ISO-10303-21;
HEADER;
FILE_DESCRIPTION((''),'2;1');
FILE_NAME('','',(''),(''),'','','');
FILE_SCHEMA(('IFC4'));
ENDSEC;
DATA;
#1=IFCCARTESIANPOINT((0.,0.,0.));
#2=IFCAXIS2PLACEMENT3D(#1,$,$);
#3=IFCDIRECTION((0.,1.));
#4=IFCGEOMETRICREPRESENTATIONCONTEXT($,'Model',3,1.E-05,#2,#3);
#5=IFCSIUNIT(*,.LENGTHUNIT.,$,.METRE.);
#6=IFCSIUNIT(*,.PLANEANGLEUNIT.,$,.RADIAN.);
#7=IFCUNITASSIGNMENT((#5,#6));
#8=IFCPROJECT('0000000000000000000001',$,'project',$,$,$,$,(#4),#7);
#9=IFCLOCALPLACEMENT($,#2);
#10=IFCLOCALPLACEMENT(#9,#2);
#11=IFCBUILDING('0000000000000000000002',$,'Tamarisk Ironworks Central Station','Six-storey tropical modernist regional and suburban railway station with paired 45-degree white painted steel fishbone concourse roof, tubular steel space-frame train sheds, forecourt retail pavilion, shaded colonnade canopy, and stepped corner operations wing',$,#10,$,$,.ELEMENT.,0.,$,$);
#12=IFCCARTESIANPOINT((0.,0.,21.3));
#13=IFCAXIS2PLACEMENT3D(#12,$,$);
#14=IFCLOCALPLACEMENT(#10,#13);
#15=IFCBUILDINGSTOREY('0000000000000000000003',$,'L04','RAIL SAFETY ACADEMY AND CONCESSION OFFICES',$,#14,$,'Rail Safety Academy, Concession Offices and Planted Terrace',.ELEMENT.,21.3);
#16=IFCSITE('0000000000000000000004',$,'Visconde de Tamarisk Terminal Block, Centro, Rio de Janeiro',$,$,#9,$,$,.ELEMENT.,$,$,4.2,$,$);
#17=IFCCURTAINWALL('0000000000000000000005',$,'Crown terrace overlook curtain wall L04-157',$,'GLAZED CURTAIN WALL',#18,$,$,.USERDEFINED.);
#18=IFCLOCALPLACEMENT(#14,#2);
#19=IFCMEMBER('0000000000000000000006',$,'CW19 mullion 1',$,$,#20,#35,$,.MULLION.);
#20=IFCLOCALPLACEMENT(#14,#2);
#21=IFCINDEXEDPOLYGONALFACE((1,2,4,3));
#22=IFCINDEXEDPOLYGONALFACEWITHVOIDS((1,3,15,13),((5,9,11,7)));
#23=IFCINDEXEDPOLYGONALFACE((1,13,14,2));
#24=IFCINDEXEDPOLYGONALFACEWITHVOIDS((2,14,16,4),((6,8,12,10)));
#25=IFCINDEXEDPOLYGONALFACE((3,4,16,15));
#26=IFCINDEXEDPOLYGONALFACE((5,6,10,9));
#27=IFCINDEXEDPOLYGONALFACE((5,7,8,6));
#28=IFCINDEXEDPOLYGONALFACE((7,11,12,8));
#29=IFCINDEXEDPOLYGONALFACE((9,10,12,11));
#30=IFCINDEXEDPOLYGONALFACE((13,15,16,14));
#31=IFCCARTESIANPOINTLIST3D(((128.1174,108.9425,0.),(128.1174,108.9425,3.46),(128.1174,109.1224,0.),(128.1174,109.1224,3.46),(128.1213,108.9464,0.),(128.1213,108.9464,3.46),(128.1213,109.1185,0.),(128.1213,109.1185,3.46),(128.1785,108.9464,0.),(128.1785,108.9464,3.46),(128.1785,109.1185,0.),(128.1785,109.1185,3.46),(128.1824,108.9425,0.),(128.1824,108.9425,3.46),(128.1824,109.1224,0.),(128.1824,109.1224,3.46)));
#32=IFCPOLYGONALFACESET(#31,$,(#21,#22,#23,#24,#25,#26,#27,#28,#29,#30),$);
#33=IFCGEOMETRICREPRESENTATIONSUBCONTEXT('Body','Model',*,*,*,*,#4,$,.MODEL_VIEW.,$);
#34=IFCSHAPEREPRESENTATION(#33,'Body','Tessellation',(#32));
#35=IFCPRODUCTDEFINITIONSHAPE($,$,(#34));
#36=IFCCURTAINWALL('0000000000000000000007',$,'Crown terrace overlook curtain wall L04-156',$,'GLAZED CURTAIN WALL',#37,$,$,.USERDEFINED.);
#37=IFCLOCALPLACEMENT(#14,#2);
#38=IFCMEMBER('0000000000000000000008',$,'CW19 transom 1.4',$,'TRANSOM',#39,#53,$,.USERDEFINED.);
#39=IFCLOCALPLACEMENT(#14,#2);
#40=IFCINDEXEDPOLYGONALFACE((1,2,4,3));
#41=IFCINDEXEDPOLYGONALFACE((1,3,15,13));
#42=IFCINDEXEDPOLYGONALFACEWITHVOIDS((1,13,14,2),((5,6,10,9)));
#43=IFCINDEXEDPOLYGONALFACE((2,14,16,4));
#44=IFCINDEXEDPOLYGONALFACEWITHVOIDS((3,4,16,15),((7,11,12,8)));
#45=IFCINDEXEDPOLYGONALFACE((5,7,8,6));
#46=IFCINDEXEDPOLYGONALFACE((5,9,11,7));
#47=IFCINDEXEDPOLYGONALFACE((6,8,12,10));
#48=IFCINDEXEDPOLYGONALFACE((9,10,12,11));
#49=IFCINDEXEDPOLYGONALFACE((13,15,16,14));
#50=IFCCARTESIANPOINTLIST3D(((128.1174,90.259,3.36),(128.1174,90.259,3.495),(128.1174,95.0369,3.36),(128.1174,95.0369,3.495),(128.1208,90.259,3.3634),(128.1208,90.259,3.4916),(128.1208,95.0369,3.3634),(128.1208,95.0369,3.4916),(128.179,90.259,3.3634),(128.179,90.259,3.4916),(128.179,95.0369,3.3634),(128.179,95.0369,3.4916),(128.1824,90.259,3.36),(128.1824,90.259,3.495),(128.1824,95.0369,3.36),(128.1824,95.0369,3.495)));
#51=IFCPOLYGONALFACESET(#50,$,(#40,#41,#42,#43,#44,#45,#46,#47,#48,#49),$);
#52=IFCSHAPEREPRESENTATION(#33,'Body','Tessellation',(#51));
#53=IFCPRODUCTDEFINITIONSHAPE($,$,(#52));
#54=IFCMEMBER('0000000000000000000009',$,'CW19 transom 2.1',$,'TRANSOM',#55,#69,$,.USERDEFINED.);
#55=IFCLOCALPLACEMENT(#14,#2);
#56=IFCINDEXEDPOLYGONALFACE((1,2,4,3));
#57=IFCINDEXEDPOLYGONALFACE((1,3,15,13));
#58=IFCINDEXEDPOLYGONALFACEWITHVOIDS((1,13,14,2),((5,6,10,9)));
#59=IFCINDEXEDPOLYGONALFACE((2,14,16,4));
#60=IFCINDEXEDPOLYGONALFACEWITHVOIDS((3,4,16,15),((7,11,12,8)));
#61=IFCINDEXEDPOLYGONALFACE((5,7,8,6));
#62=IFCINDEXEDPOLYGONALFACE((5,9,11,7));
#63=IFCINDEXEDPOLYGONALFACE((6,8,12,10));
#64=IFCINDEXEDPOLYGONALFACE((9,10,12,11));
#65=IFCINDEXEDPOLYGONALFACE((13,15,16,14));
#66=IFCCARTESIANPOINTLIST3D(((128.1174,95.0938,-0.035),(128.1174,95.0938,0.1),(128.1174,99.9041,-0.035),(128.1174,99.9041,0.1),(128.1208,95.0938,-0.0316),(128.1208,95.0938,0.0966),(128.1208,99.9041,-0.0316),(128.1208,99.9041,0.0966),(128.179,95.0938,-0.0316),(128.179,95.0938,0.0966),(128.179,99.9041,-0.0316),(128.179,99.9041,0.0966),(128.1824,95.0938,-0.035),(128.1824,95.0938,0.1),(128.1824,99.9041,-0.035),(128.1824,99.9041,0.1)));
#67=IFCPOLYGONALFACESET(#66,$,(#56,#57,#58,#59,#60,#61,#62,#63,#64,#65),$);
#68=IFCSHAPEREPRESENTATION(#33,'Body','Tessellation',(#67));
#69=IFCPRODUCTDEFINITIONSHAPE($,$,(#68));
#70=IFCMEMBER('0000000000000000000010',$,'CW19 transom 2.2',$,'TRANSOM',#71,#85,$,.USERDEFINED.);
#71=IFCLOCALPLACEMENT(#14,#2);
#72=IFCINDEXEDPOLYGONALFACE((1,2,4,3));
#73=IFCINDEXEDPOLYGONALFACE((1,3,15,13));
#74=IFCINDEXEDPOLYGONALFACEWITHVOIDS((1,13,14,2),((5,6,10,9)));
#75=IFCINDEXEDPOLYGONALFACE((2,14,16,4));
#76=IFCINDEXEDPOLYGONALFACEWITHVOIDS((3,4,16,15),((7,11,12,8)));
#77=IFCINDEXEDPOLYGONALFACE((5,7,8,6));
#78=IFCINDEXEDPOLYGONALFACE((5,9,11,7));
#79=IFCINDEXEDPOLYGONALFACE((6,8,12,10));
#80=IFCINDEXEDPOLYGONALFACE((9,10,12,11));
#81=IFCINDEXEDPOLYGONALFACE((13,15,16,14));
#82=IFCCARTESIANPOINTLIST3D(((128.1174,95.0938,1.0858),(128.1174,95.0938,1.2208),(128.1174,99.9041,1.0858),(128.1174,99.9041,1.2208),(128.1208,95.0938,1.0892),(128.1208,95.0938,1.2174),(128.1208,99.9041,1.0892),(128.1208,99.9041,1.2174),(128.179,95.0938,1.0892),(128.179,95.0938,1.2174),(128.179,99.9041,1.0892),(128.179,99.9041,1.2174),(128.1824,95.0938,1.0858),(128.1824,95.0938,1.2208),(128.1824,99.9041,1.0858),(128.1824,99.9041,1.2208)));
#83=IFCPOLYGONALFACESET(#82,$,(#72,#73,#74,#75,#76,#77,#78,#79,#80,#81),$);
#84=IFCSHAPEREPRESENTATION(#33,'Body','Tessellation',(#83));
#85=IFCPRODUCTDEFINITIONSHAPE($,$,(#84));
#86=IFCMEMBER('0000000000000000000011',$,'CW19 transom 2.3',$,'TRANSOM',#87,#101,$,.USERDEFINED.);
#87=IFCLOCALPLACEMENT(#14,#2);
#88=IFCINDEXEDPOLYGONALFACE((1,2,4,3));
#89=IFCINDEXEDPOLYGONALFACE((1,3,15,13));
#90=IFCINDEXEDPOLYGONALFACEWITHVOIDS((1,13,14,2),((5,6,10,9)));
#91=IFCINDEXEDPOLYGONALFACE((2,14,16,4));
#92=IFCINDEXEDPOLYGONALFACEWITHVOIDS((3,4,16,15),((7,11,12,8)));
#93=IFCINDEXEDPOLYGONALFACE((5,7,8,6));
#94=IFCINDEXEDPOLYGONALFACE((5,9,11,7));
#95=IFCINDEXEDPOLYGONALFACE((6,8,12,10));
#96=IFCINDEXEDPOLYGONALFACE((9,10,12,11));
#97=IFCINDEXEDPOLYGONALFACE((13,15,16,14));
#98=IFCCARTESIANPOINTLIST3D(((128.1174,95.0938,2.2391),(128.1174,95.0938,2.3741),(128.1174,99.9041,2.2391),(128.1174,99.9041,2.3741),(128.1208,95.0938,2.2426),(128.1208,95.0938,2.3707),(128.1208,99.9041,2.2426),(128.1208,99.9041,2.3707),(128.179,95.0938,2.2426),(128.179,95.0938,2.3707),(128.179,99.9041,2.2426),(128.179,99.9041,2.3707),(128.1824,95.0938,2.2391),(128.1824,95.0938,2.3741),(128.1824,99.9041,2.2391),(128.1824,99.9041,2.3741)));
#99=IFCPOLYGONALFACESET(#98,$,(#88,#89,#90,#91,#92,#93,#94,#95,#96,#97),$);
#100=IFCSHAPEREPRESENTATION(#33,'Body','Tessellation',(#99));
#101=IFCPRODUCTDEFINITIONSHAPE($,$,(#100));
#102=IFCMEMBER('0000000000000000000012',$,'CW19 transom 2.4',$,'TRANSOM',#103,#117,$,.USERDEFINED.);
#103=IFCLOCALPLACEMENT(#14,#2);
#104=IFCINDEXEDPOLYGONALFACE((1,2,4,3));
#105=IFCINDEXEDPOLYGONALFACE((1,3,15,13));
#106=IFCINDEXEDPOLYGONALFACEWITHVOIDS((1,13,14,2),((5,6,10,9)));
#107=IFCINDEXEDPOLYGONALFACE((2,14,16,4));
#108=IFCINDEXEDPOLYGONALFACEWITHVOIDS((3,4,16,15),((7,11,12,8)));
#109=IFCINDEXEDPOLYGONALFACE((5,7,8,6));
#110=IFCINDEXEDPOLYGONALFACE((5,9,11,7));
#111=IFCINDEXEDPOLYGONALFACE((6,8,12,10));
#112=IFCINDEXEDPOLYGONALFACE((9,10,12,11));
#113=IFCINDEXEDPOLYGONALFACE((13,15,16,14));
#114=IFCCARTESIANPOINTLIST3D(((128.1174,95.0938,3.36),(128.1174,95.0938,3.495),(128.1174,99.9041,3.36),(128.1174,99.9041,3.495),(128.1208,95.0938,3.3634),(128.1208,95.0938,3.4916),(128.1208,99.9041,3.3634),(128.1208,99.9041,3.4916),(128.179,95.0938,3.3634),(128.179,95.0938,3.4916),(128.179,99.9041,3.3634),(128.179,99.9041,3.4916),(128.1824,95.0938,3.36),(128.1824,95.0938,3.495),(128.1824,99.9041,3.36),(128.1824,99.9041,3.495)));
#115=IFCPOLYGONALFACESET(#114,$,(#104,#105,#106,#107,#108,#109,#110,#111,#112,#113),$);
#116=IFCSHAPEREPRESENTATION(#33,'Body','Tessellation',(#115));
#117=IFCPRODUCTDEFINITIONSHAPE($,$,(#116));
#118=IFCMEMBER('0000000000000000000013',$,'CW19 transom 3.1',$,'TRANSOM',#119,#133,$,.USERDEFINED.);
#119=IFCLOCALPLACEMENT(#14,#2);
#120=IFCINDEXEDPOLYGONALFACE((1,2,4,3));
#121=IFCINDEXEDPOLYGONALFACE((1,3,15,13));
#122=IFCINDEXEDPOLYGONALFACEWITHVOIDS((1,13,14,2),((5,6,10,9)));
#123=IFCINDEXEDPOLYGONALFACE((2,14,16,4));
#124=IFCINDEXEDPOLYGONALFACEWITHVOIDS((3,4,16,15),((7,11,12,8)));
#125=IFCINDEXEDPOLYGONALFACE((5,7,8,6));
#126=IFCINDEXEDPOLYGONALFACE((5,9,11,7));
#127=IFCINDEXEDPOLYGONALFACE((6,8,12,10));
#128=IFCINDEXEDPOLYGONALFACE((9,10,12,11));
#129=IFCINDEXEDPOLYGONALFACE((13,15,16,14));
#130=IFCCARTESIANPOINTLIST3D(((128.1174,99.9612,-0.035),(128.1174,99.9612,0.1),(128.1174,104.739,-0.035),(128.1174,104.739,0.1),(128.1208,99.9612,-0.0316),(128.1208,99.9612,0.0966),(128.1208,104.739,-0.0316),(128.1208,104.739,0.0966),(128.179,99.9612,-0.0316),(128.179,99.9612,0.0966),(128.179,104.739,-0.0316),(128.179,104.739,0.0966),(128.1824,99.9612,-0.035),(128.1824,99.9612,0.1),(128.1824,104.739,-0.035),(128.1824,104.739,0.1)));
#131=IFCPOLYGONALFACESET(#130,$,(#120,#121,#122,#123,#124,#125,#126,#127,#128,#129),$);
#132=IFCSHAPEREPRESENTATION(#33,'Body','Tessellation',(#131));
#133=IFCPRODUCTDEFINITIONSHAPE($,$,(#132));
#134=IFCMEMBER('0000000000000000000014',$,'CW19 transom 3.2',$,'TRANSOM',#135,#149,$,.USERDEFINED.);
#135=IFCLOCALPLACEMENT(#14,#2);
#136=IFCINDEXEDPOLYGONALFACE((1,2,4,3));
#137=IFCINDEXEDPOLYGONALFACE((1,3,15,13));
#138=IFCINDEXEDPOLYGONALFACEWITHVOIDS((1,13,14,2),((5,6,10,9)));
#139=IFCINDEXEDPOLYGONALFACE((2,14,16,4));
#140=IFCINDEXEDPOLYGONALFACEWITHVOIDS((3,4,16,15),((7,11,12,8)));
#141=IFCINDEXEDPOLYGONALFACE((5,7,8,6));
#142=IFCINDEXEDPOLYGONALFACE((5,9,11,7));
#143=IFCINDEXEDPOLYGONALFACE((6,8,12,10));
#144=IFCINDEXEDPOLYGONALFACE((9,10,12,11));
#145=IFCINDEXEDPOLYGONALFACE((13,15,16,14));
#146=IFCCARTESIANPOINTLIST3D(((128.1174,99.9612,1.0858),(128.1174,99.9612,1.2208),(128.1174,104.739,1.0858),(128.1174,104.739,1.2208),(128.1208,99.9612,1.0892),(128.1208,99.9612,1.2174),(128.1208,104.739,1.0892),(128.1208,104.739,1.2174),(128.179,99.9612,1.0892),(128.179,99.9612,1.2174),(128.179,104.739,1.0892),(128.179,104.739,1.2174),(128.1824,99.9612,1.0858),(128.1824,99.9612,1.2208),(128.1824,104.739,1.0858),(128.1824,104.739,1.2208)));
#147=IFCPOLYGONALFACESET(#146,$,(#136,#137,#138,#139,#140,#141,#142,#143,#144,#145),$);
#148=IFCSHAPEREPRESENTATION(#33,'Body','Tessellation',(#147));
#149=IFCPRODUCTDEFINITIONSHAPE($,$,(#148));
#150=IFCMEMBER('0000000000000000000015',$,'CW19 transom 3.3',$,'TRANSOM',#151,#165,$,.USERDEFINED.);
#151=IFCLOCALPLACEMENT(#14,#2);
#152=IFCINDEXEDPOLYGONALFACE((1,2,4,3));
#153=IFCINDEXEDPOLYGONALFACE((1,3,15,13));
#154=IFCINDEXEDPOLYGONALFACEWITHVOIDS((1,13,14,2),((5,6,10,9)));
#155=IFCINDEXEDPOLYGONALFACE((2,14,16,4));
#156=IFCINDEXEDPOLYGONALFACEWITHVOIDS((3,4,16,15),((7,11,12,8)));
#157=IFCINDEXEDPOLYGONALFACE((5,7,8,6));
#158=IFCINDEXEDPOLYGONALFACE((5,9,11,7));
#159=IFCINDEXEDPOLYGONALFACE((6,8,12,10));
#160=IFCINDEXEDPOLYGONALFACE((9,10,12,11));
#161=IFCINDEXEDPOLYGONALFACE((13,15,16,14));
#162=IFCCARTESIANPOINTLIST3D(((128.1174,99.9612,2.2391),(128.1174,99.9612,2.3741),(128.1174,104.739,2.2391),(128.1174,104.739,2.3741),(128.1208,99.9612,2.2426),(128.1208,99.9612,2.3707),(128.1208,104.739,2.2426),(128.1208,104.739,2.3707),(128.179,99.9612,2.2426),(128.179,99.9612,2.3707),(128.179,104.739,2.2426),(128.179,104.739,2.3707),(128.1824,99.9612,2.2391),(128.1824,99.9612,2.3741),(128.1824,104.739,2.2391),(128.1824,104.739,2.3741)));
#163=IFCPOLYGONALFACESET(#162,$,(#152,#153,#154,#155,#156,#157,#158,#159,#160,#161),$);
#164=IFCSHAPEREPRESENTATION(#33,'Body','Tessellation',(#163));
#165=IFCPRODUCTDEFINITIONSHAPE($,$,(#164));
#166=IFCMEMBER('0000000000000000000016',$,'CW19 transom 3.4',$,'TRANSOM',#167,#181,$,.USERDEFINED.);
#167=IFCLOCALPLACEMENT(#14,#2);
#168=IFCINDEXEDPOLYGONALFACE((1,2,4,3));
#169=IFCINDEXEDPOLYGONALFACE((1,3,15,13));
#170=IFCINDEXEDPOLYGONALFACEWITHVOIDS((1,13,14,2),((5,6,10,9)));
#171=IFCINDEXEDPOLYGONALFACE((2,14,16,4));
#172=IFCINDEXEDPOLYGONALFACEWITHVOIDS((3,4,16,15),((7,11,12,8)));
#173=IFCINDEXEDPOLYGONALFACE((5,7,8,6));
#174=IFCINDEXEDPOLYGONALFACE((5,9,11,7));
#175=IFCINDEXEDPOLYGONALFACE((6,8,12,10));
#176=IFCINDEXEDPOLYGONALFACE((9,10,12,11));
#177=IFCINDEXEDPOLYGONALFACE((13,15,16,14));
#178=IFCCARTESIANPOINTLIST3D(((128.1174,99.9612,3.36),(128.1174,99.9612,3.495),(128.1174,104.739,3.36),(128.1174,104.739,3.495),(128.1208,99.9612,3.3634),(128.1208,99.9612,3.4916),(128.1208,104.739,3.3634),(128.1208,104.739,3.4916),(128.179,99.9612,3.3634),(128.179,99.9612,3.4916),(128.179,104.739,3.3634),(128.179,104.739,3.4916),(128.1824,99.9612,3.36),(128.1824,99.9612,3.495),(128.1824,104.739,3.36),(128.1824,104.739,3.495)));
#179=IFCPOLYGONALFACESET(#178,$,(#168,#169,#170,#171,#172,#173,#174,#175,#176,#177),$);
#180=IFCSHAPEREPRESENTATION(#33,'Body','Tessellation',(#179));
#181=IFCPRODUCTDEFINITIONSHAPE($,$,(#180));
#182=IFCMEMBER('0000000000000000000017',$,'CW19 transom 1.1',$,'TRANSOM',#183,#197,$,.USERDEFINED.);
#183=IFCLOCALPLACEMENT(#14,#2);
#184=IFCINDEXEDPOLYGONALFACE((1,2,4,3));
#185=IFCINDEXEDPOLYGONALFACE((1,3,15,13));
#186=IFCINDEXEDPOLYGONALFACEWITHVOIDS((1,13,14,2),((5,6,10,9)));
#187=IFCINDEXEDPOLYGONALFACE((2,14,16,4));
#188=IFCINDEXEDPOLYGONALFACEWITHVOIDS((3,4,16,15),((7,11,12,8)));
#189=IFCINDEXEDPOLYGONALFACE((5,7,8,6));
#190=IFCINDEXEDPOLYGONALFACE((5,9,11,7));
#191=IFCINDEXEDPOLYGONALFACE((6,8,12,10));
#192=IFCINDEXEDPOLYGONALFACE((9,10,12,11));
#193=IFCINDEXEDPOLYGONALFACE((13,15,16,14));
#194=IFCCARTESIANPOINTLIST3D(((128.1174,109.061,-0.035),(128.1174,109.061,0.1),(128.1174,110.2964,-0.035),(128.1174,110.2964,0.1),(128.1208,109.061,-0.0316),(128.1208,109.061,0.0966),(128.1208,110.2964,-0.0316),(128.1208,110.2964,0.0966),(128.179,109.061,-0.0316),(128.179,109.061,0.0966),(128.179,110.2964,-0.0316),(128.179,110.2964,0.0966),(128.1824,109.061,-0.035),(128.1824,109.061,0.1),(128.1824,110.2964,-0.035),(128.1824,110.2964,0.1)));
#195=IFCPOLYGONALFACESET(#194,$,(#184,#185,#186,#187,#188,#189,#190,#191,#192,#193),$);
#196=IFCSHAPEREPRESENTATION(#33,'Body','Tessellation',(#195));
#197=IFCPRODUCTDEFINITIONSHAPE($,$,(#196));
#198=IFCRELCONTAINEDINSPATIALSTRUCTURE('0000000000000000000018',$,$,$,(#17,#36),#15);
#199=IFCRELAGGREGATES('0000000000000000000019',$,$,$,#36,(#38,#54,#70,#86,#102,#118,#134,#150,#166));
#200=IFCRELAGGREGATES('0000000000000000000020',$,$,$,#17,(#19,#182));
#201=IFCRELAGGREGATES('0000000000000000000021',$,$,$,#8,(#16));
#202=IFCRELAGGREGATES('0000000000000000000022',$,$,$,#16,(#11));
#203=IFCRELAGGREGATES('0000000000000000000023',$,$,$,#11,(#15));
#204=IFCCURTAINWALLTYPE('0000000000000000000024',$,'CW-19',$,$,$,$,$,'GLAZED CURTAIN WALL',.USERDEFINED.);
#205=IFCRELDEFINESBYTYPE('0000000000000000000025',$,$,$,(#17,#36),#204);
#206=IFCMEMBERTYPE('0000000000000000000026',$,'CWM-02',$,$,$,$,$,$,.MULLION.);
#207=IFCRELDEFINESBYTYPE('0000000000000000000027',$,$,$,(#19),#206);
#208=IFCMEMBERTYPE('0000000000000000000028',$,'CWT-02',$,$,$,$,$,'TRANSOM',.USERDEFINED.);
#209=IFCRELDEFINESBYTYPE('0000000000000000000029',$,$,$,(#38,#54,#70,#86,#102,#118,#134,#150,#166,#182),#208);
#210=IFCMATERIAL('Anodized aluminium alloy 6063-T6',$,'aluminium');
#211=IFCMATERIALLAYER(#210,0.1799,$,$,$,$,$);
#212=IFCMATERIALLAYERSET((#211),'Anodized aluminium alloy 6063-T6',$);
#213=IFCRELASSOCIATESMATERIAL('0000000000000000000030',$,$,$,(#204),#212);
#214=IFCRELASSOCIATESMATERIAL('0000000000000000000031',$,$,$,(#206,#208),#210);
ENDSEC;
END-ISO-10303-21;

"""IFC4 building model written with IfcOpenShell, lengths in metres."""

from ifc_helpers import new_model, si_unit, direction, frame, origin, origin_2d, place, context, subcontext, project, spatial, hollow_rectangle, extrude, material, layer, layer_set, material_profile, profile_set, type_object, element, aggregate, save


model = new_model("IFC4")

# Units and contexts
model_context = context("Model", 3, precision=1e-05, world=origin(), true_north=direction((0.0, 1.0)))
body_context = subcontext(model_context, "Body", "Model", "MODEL_VIEW")
ifc_project = project(units=[si_unit("LENGTHUNIT", "METRE"), si_unit("PLANEANGLEUNIT", "RADIAN")], contexts=[model_context])

# Site, building, storey
site_placement = place(None, origin())
site = spatial("IfcSite", under=ifc_project, at=site_placement, Name="Visconde de Tamarisk Terminal Block, Centro, Rio de Janeiro", CompositionType="ELEMENT", RefElevation=4.2)
building_placement = place(site_placement, origin())
building = spatial("IfcBuilding", under=site, at=building_placement, Name="Tamarisk Ironworks Central Station", Description="Six-storey tropical modernist regional and suburban railway station with paired 45-degree white painted steel fishbone concourse roof, tubular steel space-frame train sheds, forecourt retail pavilion, shaded colonnade canopy, and stepped corner operations wing", CompositionType="ELEMENT", ElevationOfRefHeight=0.0)
storey_placement = place(building_placement, frame((0.0, 0.0, 21.3)))
storey = spatial("IfcBuildingStorey", under=building, at=storey_placement, Name="L04", Description="RAIL SAFETY ACADEMY AND CONCESSION OFFICES", LongName="Rail Safety Academy, Concession Offices and Planted Terrace", CompositionType="ELEMENT", Elevation=21.3)

# Curtain wall, member
ifc_material_1 = material(Name="Anodized aluminium alloy 6063-T6", Category="aluminium")
ifc_layer_1 = layer(ifc_material_1, 0.1799)
ifc_layer_set_1 = layer_set([ifc_layer_1], Name="Anodized aluminium alloy 6063-T6")
curtain_wall_type = type_object("IfcCurtainWallType", Name="CW-19", ElementType="GLAZED CURTAIN WALL", PredefinedType="USERDEFINED", material=ifc_layer_set_1)
curtain_wall_1_placement = place(storey_placement, origin())
curtain_wall_1 = element("IfcCurtainWall", 1, at=curtain_wall_1_placement, inside=storey, type_object=curtain_wall_type, Name="Crown terrace overlook curtain wall L04-157", ObjectType="GLAZED CURTAIN WALL", PredefinedType="USERDEFINED")
ifc_material_profile_1 = material_profile(ifc_material_1, hollow_rectangle(XDim=0.0649, YDim=0.1799, WallThickness=0.0039, at=origin_2d()), Name="ALUM 180x65")
ifc_profile_set_1 = profile_set([ifc_material_profile_1], Name="Anodized aluminium alloy 6063-T6")
member_type_1 = type_object("IfcMemberType", Name="CWM-02", PredefinedType="MULLION", material=ifc_profile_set_1)
member_1_placement = place(storey_placement, frame((128.1499, 109.0325, 0.0), z_axis=(0.0, 0.0, 1.0), x_axis=(-1.0, 0.0, 0.0)))
member_1 = element("IfcMember", 2, at=member_1_placement, type_object=member_type_1, Name="CW19 mullion 1", PredefinedType="MULLION", context=body_context, shape_type="SweptSolid", body=[
    extrude(hollow_rectangle(XDim=0.0649, YDim=0.1799, WallThickness=0.0039, at=origin_2d()), origin(), (0.0, 0.0, 1.0), 3.46),
])

# Curtain wall, members
curtain_wall_2_placement = place(storey_placement, origin())
curtain_wall_2 = element("IfcCurtainWall", 3, at=curtain_wall_2_placement, inside=storey, type_object=curtain_wall_type, Name="Crown terrace overlook curtain wall L04-156", ObjectType="GLAZED CURTAIN WALL", PredefinedType="USERDEFINED")
ifc_material_profile_2 = material_profile(ifc_material_1, hollow_rectangle(XDim=0.0649, YDim=0.135, WallThickness=0.0034, at=origin_2d()), Name="ALUM 135x65")
ifc_profile_set_2 = profile_set([ifc_material_profile_2], Name="Anodized aluminium alloy 6063-T6")
member_type_2 = type_object("IfcMemberType", Name="CWT-02", ElementType="TRANSOM", PredefinedType="USERDEFINED", material=ifc_profile_set_2)
member_2_placement = place(storey_placement, frame((128.1499, 90.259, 3.4275), z_axis=(0.0, 1.0, 0.0), x_axis=(-1.0, 0.0, 0.0)))
member_2 = element("IfcMember", 4, at=member_2_placement, type_object=member_type_2, Name="CW19 transom 1.4", ObjectType="TRANSOM", PredefinedType="USERDEFINED", context=body_context, shape_type="SweptSolid", body=[
    extrude(hollow_rectangle(XDim=0.0649, YDim=0.135, WallThickness=0.0034, at=origin_2d()), origin(), (0.0, 0.0, 1.0), 4.7778),
])
member_3_placement = place(storey_placement, frame((128.1499, 95.0938, 0.0325), z_axis=(0.0, 1.0, 0.0), x_axis=(-1.0, 0.0, 0.0)))
member_3 = element("IfcMember", 5, at=member_3_placement, type_object=member_type_2, Name="CW19 transom 2.1", ObjectType="TRANSOM", PredefinedType="USERDEFINED", context=body_context, shape_type="SweptSolid", body=[
    extrude(hollow_rectangle(XDim=0.0649, YDim=0.135, WallThickness=0.0034, at=origin_2d()), origin(), (0.0, 0.0, 1.0), 4.8103),
])
member_4_placement = place(storey_placement, frame((128.1499, 95.0938, 1.1533), z_axis=(0.0, 1.0, 0.0), x_axis=(-1.0, 0.0, 0.0)))
member_4 = element("IfcMember", 6, at=member_4_placement, type_object=member_type_2, Name="CW19 transom 2.2", ObjectType="TRANSOM", PredefinedType="USERDEFINED", context=body_context, shape_type="SweptSolid", body=[
    extrude(hollow_rectangle(XDim=0.0649, YDim=0.135, WallThickness=0.0034, at=origin_2d()), origin(), (0.0, 0.0, 1.0), 4.8103),
])
member_5_placement = place(storey_placement, frame((128.1499, 95.0938, 2.3066), z_axis=(0.0, 1.0, 0.0), x_axis=(-1.0, 0.0, 0.0)))
member_5 = element("IfcMember", 7, at=member_5_placement, type_object=member_type_2, Name="CW19 transom 2.3", ObjectType="TRANSOM", PredefinedType="USERDEFINED", context=body_context, shape_type="SweptSolid", body=[
    extrude(hollow_rectangle(XDim=0.0649, YDim=0.135, WallThickness=0.0034, at=origin_2d()), origin(), (0.0, 0.0, 1.0), 4.8103),
])
member_6_placement = place(storey_placement, frame((128.1499, 95.0938, 3.4275), z_axis=(0.0, 1.0, 0.0), x_axis=(-1.0, 0.0, 0.0)))
member_6 = element("IfcMember", 8, at=member_6_placement, type_object=member_type_2, Name="CW19 transom 2.4", ObjectType="TRANSOM", PredefinedType="USERDEFINED", context=body_context, shape_type="SweptSolid", body=[
    extrude(hollow_rectangle(XDim=0.0649, YDim=0.135, WallThickness=0.0034, at=origin_2d()), origin(), (0.0, 0.0, 1.0), 4.8103),
])
member_7_placement = place(storey_placement, frame((128.1499, 99.9612, 0.0325), z_axis=(0.0, 1.0, 0.0), x_axis=(-1.0, 0.0, 0.0)))
member_7 = element("IfcMember", 9, at=member_7_placement, type_object=member_type_2, Name="CW19 transom 3.1", ObjectType="TRANSOM", PredefinedType="USERDEFINED", context=body_context, shape_type="SweptSolid", body=[
    extrude(hollow_rectangle(XDim=0.0649, YDim=0.135, WallThickness=0.0034, at=origin_2d()), origin(), (0.0, 0.0, 1.0), 4.7778),
])
member_8_placement = place(storey_placement, frame((128.1499, 99.9612, 1.1533), z_axis=(0.0, 1.0, 0.0), x_axis=(-1.0, 0.0, 0.0)))
member_8 = element("IfcMember", 10, at=member_8_placement, type_object=member_type_2, Name="CW19 transom 3.2", ObjectType="TRANSOM", PredefinedType="USERDEFINED", context=body_context, shape_type="SweptSolid", body=[
    extrude(hollow_rectangle(XDim=0.0649, YDim=0.135, WallThickness=0.0034, at=origin_2d()), origin(), (0.0, 0.0, 1.0), 4.7778),
])
member_9_placement = place(storey_placement, frame((128.1499, 99.9612, 2.3066), z_axis=(0.0, 1.0, 0.0), x_axis=(-1.0, 0.0, 0.0)))
member_9 = element("IfcMember", 11, at=member_9_placement, type_object=member_type_2, Name="CW19 transom 3.3", ObjectType="TRANSOM", PredefinedType="USERDEFINED", context=body_context, shape_type="SweptSolid", body=[
    extrude(hollow_rectangle(XDim=0.0649, YDim=0.135, WallThickness=0.0034, at=origin_2d()), origin(), (0.0, 0.0, 1.0), 4.7778),
])
member_10_placement = place(storey_placement, frame((128.1499, 99.9612, 3.4275), z_axis=(0.0, 1.0, 0.0), x_axis=(-1.0, 0.0, 0.0)))
member_10 = element("IfcMember", 12, at=member_10_placement, type_object=member_type_2, Name="CW19 transom 3.4", ObjectType="TRANSOM", PredefinedType="USERDEFINED", context=body_context, shape_type="SweptSolid", body=[
    extrude(hollow_rectangle(XDim=0.0649, YDim=0.135, WallThickness=0.0034, at=origin_2d()), origin(), (0.0, 0.0, 1.0), 4.7778),
])

# Member
member_11_placement = place(storey_placement, frame((128.1499, 109.061, 0.0325), z_axis=(0.0, 1.0, 0.0), x_axis=(-1.0, 0.0, 0.0)))
member_11 = element("IfcMember", 13, at=member_11_placement, type_object=member_type_2, Name="CW19 transom 1.1", ObjectType="TRANSOM", PredefinedType="USERDEFINED", context=body_context, shape_type="SweptSolid", body=[
    extrude(hollow_rectangle(XDim=0.0649, YDim=0.135, WallThickness=0.0034, at=origin_2d()), origin(), (0.0, 0.0, 1.0), 1.2354),
])

aggregate(curtain_wall_2, [member_2, member_3, member_4, member_5, member_6, member_7, member_8, member_9, member_10])
aggregate(curtain_wall_1, [member_1, member_11])

save(model, "model.ifc")
